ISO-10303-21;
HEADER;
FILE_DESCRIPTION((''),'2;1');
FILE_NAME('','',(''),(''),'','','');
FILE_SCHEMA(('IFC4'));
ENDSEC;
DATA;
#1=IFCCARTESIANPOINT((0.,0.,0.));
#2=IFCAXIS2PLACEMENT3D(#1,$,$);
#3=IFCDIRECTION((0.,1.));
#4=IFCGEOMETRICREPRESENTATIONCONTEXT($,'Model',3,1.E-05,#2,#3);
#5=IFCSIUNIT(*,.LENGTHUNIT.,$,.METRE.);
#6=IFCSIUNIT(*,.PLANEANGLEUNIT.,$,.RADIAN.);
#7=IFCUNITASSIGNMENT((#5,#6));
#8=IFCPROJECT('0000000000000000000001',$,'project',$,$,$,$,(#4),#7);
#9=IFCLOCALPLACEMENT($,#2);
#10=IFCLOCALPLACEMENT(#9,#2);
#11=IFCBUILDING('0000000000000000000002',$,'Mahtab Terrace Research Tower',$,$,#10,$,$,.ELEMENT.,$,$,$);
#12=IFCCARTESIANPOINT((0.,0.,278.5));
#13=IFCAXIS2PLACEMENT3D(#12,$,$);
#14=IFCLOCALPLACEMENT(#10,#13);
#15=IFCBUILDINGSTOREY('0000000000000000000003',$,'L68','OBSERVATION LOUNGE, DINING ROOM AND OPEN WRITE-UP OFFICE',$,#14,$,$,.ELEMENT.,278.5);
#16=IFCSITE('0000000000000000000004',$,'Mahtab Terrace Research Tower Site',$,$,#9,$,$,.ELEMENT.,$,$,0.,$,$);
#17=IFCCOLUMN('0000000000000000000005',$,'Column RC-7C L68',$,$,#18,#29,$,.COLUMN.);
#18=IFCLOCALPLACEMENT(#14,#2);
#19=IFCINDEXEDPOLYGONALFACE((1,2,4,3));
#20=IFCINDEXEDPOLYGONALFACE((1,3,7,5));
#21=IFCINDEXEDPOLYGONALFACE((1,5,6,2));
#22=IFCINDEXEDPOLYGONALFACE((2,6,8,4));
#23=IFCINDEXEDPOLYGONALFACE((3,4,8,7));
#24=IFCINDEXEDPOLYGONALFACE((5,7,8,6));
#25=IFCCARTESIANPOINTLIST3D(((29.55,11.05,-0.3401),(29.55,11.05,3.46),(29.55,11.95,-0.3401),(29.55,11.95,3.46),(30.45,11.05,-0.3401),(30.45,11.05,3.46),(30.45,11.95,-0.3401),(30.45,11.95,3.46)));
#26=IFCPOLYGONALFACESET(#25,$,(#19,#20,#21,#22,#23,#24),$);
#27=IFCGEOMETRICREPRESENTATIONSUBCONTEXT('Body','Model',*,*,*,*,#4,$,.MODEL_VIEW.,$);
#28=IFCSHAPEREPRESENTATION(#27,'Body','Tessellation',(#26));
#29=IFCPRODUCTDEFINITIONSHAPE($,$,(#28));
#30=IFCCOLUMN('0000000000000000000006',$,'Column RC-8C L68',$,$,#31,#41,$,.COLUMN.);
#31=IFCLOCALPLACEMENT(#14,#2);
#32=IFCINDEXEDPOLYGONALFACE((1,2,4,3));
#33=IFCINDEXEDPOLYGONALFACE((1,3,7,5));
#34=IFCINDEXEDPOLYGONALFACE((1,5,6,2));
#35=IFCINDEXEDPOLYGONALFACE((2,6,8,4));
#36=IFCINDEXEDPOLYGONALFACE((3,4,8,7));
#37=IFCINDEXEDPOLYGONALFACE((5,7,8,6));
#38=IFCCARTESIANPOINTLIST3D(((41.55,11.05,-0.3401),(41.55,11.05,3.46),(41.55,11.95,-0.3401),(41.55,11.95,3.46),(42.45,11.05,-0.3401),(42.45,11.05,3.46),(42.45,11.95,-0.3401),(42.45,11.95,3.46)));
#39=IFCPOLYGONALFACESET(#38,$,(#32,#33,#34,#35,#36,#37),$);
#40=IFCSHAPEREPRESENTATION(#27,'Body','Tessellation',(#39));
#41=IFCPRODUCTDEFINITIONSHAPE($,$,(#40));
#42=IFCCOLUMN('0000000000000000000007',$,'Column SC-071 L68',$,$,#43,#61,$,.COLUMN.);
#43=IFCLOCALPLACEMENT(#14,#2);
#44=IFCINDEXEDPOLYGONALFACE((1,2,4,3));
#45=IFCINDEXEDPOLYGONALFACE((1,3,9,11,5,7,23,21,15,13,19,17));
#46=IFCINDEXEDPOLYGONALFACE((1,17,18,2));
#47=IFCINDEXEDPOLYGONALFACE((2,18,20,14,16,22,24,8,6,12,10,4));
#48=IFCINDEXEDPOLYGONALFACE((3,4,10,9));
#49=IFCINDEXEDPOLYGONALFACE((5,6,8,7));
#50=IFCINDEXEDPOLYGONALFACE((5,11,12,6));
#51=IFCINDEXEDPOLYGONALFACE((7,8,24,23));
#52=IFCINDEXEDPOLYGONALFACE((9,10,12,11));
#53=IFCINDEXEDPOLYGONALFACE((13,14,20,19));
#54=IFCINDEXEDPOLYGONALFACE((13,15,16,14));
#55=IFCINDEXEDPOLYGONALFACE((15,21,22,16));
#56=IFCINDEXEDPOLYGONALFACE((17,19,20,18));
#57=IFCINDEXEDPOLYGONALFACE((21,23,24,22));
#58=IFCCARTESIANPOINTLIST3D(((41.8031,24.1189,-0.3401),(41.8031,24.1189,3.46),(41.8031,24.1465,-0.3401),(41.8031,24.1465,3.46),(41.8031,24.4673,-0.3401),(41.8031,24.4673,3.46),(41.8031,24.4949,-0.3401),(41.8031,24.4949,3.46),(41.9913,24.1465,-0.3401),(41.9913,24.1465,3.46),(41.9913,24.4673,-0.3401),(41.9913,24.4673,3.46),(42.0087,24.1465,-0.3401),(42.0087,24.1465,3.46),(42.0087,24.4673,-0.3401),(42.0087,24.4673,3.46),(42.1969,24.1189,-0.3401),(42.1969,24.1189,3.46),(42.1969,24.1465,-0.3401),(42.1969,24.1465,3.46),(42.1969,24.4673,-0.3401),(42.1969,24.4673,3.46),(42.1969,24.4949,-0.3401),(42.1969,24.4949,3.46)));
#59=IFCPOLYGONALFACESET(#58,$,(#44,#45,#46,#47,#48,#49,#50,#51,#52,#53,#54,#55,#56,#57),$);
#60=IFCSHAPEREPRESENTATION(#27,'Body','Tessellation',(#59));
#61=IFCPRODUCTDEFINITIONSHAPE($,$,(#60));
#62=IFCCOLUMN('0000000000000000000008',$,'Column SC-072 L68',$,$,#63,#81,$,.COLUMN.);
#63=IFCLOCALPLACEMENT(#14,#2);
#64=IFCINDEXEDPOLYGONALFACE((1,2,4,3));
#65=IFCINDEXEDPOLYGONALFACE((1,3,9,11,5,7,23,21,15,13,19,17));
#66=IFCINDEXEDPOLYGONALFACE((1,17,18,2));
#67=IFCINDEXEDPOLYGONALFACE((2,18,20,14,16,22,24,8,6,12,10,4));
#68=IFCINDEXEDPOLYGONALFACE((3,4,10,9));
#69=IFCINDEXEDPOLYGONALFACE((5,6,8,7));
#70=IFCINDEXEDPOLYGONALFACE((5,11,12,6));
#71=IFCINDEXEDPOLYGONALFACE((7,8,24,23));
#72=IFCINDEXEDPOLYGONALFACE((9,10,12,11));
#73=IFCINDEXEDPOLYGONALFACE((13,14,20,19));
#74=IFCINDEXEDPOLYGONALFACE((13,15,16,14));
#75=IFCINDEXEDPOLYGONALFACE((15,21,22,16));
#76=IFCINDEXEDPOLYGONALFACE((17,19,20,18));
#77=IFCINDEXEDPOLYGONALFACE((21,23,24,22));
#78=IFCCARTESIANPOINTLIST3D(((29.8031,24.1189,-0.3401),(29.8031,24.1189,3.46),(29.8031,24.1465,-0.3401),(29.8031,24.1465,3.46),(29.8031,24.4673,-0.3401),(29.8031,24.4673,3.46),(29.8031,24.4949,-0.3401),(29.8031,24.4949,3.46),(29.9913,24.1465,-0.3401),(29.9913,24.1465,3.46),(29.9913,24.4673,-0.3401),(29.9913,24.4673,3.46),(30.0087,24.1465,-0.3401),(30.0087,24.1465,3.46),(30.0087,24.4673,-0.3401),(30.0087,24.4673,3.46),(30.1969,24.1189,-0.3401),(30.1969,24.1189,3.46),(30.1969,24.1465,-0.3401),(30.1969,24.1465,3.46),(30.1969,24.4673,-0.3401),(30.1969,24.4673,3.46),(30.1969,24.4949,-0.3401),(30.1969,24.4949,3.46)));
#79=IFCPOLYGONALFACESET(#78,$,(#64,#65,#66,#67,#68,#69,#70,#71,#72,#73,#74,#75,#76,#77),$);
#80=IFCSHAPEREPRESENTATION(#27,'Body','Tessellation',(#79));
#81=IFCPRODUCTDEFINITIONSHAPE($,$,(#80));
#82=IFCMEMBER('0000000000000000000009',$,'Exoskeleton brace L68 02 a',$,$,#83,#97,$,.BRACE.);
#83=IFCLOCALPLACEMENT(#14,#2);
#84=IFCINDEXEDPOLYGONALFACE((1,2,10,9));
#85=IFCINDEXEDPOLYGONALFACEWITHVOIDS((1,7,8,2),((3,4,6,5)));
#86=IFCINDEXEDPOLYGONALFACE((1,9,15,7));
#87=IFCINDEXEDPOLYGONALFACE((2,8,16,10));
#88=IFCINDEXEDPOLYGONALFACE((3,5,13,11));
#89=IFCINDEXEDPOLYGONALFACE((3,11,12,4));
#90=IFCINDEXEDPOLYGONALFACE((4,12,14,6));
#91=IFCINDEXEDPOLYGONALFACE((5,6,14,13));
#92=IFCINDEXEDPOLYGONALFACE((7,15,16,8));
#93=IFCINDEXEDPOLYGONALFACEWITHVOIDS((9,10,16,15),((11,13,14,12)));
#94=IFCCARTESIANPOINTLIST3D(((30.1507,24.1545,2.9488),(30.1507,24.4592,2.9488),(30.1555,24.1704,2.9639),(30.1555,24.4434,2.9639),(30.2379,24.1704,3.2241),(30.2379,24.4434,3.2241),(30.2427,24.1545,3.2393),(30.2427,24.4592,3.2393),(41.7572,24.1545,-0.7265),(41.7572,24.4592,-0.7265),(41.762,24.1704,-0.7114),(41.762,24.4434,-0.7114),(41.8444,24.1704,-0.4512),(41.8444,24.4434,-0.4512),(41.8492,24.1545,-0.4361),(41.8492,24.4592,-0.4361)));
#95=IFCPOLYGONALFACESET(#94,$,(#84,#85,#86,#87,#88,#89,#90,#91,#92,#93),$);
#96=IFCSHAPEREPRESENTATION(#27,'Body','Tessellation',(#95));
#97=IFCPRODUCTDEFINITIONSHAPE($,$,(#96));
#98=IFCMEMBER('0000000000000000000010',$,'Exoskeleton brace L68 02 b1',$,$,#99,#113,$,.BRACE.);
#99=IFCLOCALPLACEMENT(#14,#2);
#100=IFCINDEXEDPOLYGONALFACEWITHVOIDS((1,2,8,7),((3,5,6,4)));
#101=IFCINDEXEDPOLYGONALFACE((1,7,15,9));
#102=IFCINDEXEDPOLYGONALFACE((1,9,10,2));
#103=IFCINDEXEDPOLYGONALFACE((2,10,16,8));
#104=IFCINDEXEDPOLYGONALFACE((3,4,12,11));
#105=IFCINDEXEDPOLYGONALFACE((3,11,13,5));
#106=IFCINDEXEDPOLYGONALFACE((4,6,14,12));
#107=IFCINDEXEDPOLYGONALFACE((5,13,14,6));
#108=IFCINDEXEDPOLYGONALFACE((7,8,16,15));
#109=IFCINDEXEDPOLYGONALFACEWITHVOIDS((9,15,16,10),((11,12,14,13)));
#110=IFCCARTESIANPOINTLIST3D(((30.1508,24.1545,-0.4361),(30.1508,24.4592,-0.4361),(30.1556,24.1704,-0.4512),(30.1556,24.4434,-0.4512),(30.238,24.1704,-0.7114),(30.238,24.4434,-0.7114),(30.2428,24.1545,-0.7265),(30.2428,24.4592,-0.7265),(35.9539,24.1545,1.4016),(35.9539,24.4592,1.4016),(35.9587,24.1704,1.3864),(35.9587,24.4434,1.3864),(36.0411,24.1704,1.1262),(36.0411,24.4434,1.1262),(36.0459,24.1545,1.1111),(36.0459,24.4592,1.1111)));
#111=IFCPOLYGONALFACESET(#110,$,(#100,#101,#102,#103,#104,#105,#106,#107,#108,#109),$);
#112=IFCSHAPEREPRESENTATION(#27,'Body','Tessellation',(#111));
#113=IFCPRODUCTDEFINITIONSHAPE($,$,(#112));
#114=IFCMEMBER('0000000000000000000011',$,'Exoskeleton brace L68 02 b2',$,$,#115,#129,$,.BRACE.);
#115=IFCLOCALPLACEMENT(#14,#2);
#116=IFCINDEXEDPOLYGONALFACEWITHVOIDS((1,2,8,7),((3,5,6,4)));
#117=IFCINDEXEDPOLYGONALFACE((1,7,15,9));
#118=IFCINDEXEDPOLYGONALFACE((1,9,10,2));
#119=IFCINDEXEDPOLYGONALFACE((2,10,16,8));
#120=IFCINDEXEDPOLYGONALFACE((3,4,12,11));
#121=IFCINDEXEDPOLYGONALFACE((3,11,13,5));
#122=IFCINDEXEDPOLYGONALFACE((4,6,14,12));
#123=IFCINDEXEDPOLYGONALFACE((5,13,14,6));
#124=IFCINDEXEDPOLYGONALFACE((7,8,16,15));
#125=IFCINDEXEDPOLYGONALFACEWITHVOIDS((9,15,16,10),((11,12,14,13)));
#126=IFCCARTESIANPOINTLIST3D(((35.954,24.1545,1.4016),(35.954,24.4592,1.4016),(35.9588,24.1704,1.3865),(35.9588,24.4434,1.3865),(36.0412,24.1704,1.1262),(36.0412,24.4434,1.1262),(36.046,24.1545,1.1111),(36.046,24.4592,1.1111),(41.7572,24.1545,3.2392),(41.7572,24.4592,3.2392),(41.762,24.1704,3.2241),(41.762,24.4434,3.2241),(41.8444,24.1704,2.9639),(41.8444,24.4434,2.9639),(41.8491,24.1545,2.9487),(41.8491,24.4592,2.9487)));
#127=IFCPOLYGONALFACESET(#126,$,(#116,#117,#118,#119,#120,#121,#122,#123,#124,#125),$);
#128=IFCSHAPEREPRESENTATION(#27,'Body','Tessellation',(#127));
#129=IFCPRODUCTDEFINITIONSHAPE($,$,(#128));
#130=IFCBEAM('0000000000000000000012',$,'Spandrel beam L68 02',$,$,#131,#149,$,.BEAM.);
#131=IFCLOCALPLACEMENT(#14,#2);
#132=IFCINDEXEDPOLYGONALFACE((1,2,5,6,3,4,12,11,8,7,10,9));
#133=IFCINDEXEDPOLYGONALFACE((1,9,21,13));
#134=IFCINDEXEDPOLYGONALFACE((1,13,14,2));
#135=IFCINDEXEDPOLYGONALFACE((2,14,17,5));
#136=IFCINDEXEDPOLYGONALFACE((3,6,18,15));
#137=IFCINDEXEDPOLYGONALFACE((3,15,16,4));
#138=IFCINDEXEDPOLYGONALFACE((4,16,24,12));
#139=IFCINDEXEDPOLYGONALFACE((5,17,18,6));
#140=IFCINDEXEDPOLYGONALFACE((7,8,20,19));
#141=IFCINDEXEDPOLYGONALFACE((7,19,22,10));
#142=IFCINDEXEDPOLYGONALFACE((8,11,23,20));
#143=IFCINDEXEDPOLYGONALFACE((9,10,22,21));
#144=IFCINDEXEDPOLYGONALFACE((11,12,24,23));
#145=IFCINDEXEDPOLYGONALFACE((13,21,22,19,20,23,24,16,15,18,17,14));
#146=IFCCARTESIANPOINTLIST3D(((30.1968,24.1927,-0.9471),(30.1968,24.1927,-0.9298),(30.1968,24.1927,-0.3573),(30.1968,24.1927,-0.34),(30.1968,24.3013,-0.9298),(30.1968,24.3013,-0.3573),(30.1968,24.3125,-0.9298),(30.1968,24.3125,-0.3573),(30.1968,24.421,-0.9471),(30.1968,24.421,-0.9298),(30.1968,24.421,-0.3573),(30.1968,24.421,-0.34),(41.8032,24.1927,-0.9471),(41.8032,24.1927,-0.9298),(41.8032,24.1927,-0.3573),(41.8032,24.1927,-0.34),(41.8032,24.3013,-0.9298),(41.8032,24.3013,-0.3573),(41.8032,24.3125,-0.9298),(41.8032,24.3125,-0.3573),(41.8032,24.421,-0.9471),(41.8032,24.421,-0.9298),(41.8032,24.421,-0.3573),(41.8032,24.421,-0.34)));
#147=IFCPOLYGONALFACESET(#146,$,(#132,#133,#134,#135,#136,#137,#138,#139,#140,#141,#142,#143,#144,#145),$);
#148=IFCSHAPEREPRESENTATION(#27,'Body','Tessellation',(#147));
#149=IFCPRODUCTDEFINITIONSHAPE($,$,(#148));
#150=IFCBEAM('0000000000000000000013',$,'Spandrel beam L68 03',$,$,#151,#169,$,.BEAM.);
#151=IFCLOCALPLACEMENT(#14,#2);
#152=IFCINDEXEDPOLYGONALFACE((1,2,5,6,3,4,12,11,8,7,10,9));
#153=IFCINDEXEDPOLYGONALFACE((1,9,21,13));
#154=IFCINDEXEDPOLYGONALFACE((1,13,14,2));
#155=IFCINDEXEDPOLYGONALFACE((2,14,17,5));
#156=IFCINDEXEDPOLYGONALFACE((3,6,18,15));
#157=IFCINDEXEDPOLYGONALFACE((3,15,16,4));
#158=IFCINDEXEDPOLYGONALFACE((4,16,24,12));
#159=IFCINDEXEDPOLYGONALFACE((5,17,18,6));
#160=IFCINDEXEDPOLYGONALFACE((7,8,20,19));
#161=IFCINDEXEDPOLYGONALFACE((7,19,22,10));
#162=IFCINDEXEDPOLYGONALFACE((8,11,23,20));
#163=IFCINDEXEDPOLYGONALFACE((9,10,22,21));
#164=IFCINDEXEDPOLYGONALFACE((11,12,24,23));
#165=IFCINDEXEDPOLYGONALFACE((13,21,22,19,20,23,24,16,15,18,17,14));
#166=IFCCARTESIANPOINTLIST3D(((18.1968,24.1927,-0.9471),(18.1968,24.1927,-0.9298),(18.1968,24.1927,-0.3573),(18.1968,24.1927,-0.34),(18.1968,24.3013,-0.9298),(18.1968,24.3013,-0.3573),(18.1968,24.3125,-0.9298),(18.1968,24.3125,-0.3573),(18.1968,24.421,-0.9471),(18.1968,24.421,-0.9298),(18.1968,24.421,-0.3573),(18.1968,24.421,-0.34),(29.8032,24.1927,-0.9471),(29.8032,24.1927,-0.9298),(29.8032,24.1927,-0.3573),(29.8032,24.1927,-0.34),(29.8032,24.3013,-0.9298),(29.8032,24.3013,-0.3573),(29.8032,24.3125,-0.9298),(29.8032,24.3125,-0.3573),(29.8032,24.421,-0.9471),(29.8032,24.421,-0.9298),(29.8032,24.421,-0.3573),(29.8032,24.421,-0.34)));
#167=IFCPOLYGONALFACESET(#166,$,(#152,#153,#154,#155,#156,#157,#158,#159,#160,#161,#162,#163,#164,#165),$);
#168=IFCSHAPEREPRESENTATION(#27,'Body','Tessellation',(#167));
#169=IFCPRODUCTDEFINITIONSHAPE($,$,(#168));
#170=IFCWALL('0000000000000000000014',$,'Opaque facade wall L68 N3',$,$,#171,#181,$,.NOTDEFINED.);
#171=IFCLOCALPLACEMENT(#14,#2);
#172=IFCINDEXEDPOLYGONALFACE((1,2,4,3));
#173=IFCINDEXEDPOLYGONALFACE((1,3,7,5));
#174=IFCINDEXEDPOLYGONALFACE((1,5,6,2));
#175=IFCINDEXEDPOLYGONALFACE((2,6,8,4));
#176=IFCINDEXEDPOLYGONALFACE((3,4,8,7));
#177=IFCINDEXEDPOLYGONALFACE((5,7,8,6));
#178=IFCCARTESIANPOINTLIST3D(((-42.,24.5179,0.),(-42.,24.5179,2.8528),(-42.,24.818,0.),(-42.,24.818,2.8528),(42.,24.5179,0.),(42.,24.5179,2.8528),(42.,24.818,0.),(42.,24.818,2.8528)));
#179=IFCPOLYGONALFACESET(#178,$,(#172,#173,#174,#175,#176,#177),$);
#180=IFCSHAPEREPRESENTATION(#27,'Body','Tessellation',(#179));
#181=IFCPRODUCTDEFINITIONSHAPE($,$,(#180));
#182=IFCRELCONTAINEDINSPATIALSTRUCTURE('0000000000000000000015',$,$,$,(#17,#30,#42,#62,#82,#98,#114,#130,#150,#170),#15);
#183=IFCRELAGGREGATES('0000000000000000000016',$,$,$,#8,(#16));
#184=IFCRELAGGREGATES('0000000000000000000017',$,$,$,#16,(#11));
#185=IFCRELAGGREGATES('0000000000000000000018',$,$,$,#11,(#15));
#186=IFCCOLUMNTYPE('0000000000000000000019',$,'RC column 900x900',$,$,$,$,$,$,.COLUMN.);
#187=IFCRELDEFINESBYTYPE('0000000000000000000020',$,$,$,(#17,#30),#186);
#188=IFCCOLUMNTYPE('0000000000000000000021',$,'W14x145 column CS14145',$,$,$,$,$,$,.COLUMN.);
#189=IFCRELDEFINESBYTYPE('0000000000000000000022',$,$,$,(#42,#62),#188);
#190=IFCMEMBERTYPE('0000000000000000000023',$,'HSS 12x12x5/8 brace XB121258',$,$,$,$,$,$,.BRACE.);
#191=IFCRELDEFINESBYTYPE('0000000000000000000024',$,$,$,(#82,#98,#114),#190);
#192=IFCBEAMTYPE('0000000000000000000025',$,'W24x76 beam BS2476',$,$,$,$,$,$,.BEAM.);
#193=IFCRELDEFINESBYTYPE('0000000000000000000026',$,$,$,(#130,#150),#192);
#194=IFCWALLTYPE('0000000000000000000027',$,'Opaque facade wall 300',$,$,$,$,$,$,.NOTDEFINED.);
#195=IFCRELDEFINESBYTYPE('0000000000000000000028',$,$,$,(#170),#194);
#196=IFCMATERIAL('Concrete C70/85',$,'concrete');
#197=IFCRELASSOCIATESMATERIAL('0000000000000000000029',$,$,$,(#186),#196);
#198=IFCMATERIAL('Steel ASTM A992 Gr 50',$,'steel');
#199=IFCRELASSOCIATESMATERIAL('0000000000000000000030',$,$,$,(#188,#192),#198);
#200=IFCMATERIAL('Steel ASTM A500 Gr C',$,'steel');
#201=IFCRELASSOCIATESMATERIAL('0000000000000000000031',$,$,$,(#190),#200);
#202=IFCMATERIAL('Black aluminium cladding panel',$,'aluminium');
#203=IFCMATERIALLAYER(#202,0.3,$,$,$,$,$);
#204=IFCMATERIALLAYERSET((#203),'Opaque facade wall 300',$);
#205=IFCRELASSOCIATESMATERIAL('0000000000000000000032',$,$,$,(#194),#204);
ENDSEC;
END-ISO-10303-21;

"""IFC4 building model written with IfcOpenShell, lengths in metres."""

from ifc_helpers import new_model, si_unit, direction, frame, frame_2d, origin, origin_2d, place, context, subcontext, project, spatial, rectangle, hollow_rectangle, i_section, extrude, material, layer, layer_set, material_profile, profile_set, type_object, element, save


model = new_model("IFC4")

# Units and contexts
model_context = context("Model", 3, precision=1e-05, world=origin(), true_north=direction((0.0, 1.0)))
body_context = subcontext(model_context, "Body", "Model", "MODEL_VIEW")
ifc_project = project(units=[si_unit("LENGTHUNIT", "METRE"), si_unit("PLANEANGLEUNIT", "RADIAN")], contexts=[model_context])

# Site, building, storey
site_placement = place(None, origin())
site = spatial("IfcSite", under=ifc_project, at=site_placement, Name="Mahtab Terrace Research Tower Site", CompositionType="ELEMENT", RefElevation=0.0)
building_placement = place(site_placement, origin())
building = spatial("IfcBuilding", under=site, at=building_placement, Name="Mahtab Terrace Research Tower", CompositionType="ELEMENT")
storey_placement = place(building_placement, frame((0.0, 0.0, 278.5)))
storey = spatial("IfcBuildingStorey", under=building, at=storey_placement, Name="L68", Description="OBSERVATION LOUNGE, DINING ROOM AND OPEN WRITE-UP OFFICE", CompositionType="ELEMENT", Elevation=278.5)

# Columns
ifc_material_1 = material(Name="Concrete C70/85", Category="concrete")
ifc_material_profile_1 = material_profile(ifc_material_1, rectangle(XDim=0.8999, YDim=0.8999, at=origin_2d()), Name="RC column 900x900")
ifc_profile_set_1 = profile_set([ifc_material_profile_1], Name="Concrete C70/85")
column_type_1 = type_object("IfcColumnType", Name="RC column 900x900", PredefinedType="COLUMN", material=ifc_profile_set_1)
for number, where, z_axis, x_axis, name in (
    (1, (30.0, 11.5, -0.3401), (0.0, 0.0, 1.0), (1.0, 0.0, 0.0), "Column RC-7C L68"),
    (2, (42.0, 11.5, -0.3401), (0.0, 0.0, 1.0), (1.0, 0.0, 0.0), "Column RC-8C L68"),
):
    element("IfcColumn", number, at=place(storey_placement, frame(where, z_axis=z_axis, x_axis=x_axis)), inside=storey, type_object=column_type_1, Name=name, PredefinedType="COLUMN", context=body_context, shape_type="SweptSolid", body=[
        extrude(rectangle(XDim=0.8999, YDim=0.8999, at=origin_2d()), origin(), (0.0, 0.0, 1.0), 3.8),
    ])
ifc_material_2 = material(Name="Steel ASTM A992 Gr 50", Category="steel")
ifc_material_profile_2 = material_profile(ifc_material_2, i_section(OverallWidth=0.3938, OverallDepth=0.376, WebThickness=0.0173, FlangeThickness=0.0276, at=origin_2d()), Name="W14X145")
ifc_profile_set_2 = profile_set([ifc_material_profile_2], Name="Steel ASTM A992 Gr 50")
column_type_2 = type_object("IfcColumnType", Name="W14x145 column CS14145", PredefinedType="COLUMN", material=ifc_profile_set_2)
for number, where, z_axis, x_axis, name in (
    (3, (42.0, 24.3069, -0.3401), (0.0, 0.0, 1.0), (1.0, 0.0, 0.0), "Column SC-071 L68"),
    (4, (30.0, 24.3069, -0.3401), (0.0, 0.0, 1.0), (1.0, 0.0, 0.0), "Column SC-072 L68"),
):
    element("IfcColumn", number, at=place(storey_placement, frame(where, z_axis=z_axis, x_axis=x_axis)), inside=storey, type_object=column_type_2, Name=name, PredefinedType="COLUMN", context=body_context, shape_type="SweptSolid", body=[
        extrude(i_section(OverallWidth=0.3938, OverallDepth=0.376, WebThickness=0.0173, FlangeThickness=0.0276, at=origin_2d()), origin(), (0.0, 0.0, 1.0), 3.8),
    ])

# Members
ifc_material_3 = material(Name="Steel ASTM A500 Gr C", Category="steel")
ifc_material_profile_3 = material_profile(ifc_material_3, hollow_rectangle(XDim=0.3047, YDim=0.3047, WallThickness=0.0159, at=origin_2d()), Name="HSS12X12X5/8")
ifc_profile_set_3 = profile_set([ifc_material_profile_3], Name="Steel ASTM A500 Gr C")
member_type = type_object("IfcMemberType", Name="HSS 12x12x5/8 brace XB121258", PredefinedType="BRACE", material=ifc_profile_set_3)
member_placement = place(storey_placement, frame((41.8032, 24.3069, -0.5813), z_axis=(-0.953344, 0.0, 0.301886), x_axis=(0.0, -1.0, 0.0)))
element("IfcMember", 5, at=member_placement, inside=storey, type_object=member_type, Name="Exoskeleton brace L68 02 a", PredefinedType="BRACE", context=body_context, shape_type="SweptSolid", body=[
    extrude(hollow_rectangle(XDim=0.3047, YDim=0.3047, WallThickness=0.0159, at=origin_2d()), origin(), (0.0, 0.0, 1.0), 12.1746),
])
for number, where, z_axis, x_axis, name in (
    (6, (30.1968, 24.3069, -0.5813), (0.953344, 0.0, 0.301886), (0.0, 1.0, 0.0), "Exoskeleton brace L68 02 b1"),
    (7, (36.0, 24.3069, 1.2563), (0.953344, 0.0, 0.301886), (0.0, 1.0, 0.0), "Exoskeleton brace L68 02 b2"),
):
    element("IfcMember", number, at=place(storey_placement, frame(where, z_axis=z_axis, x_axis=x_axis)), inside=storey, type_object=member_type, Name=name, PredefinedType="BRACE", context=body_context, shape_type="SweptSolid", body=[
        extrude(hollow_rectangle(XDim=0.3047, YDim=0.3047, WallThickness=0.0159, at=origin_2d()), origin(), (0.0, 0.0, 1.0), 6.0872),
    ])

# Beams
ifc_material_profile_4 = material_profile(ifc_material_2, i_section(OverallWidth=0.2283, OverallDepth=0.6072, WebThickness=0.0112, FlangeThickness=0.0173, at=origin_2d()), Name="W24X76")
ifc_profile_set_4 = profile_set([ifc_material_profile_4], Name="Steel ASTM A992 Gr 50")
beam_type = type_object("IfcBeamType", Name="W24x76 beam BS2476", PredefinedType="BEAM", material=ifc_profile_set_4)
for number, where, z_axis, x_axis, name in (
    (8, (41.8032, 24.3069, -0.6436), (-1.0, 0.0, 0.0), (0.0, -1.0, 0.0), "Spandrel beam L68 02"),
    (9, (29.8032, 24.3069, -0.6436), (-1.0, 0.0, 0.0), (0.0, -1.0, 0.0), "Spandrel beam L68 03"),
):
    element("IfcBeam", number, at=place(storey_placement, frame(where, z_axis=z_axis, x_axis=x_axis)), inside=storey, type_object=beam_type, Name=name, PredefinedType="BEAM", context=body_context, shape_type="SweptSolid", body=[
        extrude(i_section(OverallWidth=0.2283, OverallDepth=0.6072, WebThickness=0.0112, FlangeThickness=0.0173, at=origin_2d()), origin(), (0.0, 0.0, 1.0), 11.6064),
    ])

# Wall
ifc_material_4 = material(Name="Black aluminium cladding panel", Category="aluminium")
ifc_layer_1 = layer(ifc_material_4, 0.3)
ifc_layer_set_1 = layer_set([ifc_layer_1], Name="Opaque facade wall 300")
wall_type_1 = type_object("IfcWallType", Name="Opaque facade wall 300", PredefinedType="NOTDEFINED", material=ifc_layer_set_1)
wall_1_placement = place(storey_placement, frame((42.0, 24.668, 0.0), z_axis=(0.0, 0.0, 1.0), x_axis=(-1.0, 0.0, 0.0)))
element("IfcWall", 10, at=wall_1_placement, inside=storey, type_object=wall_type_1, Name="Opaque facade wall L68 N3", PredefinedType="NOTDEFINED", context=body_context, shape_type="SweptSolid", body=[
    extrude(rectangle(XDim=84.0, YDim=0.3, at=frame_2d((42.0, 0.0))), origin(), (0.0, 0.0, 1.0), 2.8528),
])

save(model, "model.ifc")
